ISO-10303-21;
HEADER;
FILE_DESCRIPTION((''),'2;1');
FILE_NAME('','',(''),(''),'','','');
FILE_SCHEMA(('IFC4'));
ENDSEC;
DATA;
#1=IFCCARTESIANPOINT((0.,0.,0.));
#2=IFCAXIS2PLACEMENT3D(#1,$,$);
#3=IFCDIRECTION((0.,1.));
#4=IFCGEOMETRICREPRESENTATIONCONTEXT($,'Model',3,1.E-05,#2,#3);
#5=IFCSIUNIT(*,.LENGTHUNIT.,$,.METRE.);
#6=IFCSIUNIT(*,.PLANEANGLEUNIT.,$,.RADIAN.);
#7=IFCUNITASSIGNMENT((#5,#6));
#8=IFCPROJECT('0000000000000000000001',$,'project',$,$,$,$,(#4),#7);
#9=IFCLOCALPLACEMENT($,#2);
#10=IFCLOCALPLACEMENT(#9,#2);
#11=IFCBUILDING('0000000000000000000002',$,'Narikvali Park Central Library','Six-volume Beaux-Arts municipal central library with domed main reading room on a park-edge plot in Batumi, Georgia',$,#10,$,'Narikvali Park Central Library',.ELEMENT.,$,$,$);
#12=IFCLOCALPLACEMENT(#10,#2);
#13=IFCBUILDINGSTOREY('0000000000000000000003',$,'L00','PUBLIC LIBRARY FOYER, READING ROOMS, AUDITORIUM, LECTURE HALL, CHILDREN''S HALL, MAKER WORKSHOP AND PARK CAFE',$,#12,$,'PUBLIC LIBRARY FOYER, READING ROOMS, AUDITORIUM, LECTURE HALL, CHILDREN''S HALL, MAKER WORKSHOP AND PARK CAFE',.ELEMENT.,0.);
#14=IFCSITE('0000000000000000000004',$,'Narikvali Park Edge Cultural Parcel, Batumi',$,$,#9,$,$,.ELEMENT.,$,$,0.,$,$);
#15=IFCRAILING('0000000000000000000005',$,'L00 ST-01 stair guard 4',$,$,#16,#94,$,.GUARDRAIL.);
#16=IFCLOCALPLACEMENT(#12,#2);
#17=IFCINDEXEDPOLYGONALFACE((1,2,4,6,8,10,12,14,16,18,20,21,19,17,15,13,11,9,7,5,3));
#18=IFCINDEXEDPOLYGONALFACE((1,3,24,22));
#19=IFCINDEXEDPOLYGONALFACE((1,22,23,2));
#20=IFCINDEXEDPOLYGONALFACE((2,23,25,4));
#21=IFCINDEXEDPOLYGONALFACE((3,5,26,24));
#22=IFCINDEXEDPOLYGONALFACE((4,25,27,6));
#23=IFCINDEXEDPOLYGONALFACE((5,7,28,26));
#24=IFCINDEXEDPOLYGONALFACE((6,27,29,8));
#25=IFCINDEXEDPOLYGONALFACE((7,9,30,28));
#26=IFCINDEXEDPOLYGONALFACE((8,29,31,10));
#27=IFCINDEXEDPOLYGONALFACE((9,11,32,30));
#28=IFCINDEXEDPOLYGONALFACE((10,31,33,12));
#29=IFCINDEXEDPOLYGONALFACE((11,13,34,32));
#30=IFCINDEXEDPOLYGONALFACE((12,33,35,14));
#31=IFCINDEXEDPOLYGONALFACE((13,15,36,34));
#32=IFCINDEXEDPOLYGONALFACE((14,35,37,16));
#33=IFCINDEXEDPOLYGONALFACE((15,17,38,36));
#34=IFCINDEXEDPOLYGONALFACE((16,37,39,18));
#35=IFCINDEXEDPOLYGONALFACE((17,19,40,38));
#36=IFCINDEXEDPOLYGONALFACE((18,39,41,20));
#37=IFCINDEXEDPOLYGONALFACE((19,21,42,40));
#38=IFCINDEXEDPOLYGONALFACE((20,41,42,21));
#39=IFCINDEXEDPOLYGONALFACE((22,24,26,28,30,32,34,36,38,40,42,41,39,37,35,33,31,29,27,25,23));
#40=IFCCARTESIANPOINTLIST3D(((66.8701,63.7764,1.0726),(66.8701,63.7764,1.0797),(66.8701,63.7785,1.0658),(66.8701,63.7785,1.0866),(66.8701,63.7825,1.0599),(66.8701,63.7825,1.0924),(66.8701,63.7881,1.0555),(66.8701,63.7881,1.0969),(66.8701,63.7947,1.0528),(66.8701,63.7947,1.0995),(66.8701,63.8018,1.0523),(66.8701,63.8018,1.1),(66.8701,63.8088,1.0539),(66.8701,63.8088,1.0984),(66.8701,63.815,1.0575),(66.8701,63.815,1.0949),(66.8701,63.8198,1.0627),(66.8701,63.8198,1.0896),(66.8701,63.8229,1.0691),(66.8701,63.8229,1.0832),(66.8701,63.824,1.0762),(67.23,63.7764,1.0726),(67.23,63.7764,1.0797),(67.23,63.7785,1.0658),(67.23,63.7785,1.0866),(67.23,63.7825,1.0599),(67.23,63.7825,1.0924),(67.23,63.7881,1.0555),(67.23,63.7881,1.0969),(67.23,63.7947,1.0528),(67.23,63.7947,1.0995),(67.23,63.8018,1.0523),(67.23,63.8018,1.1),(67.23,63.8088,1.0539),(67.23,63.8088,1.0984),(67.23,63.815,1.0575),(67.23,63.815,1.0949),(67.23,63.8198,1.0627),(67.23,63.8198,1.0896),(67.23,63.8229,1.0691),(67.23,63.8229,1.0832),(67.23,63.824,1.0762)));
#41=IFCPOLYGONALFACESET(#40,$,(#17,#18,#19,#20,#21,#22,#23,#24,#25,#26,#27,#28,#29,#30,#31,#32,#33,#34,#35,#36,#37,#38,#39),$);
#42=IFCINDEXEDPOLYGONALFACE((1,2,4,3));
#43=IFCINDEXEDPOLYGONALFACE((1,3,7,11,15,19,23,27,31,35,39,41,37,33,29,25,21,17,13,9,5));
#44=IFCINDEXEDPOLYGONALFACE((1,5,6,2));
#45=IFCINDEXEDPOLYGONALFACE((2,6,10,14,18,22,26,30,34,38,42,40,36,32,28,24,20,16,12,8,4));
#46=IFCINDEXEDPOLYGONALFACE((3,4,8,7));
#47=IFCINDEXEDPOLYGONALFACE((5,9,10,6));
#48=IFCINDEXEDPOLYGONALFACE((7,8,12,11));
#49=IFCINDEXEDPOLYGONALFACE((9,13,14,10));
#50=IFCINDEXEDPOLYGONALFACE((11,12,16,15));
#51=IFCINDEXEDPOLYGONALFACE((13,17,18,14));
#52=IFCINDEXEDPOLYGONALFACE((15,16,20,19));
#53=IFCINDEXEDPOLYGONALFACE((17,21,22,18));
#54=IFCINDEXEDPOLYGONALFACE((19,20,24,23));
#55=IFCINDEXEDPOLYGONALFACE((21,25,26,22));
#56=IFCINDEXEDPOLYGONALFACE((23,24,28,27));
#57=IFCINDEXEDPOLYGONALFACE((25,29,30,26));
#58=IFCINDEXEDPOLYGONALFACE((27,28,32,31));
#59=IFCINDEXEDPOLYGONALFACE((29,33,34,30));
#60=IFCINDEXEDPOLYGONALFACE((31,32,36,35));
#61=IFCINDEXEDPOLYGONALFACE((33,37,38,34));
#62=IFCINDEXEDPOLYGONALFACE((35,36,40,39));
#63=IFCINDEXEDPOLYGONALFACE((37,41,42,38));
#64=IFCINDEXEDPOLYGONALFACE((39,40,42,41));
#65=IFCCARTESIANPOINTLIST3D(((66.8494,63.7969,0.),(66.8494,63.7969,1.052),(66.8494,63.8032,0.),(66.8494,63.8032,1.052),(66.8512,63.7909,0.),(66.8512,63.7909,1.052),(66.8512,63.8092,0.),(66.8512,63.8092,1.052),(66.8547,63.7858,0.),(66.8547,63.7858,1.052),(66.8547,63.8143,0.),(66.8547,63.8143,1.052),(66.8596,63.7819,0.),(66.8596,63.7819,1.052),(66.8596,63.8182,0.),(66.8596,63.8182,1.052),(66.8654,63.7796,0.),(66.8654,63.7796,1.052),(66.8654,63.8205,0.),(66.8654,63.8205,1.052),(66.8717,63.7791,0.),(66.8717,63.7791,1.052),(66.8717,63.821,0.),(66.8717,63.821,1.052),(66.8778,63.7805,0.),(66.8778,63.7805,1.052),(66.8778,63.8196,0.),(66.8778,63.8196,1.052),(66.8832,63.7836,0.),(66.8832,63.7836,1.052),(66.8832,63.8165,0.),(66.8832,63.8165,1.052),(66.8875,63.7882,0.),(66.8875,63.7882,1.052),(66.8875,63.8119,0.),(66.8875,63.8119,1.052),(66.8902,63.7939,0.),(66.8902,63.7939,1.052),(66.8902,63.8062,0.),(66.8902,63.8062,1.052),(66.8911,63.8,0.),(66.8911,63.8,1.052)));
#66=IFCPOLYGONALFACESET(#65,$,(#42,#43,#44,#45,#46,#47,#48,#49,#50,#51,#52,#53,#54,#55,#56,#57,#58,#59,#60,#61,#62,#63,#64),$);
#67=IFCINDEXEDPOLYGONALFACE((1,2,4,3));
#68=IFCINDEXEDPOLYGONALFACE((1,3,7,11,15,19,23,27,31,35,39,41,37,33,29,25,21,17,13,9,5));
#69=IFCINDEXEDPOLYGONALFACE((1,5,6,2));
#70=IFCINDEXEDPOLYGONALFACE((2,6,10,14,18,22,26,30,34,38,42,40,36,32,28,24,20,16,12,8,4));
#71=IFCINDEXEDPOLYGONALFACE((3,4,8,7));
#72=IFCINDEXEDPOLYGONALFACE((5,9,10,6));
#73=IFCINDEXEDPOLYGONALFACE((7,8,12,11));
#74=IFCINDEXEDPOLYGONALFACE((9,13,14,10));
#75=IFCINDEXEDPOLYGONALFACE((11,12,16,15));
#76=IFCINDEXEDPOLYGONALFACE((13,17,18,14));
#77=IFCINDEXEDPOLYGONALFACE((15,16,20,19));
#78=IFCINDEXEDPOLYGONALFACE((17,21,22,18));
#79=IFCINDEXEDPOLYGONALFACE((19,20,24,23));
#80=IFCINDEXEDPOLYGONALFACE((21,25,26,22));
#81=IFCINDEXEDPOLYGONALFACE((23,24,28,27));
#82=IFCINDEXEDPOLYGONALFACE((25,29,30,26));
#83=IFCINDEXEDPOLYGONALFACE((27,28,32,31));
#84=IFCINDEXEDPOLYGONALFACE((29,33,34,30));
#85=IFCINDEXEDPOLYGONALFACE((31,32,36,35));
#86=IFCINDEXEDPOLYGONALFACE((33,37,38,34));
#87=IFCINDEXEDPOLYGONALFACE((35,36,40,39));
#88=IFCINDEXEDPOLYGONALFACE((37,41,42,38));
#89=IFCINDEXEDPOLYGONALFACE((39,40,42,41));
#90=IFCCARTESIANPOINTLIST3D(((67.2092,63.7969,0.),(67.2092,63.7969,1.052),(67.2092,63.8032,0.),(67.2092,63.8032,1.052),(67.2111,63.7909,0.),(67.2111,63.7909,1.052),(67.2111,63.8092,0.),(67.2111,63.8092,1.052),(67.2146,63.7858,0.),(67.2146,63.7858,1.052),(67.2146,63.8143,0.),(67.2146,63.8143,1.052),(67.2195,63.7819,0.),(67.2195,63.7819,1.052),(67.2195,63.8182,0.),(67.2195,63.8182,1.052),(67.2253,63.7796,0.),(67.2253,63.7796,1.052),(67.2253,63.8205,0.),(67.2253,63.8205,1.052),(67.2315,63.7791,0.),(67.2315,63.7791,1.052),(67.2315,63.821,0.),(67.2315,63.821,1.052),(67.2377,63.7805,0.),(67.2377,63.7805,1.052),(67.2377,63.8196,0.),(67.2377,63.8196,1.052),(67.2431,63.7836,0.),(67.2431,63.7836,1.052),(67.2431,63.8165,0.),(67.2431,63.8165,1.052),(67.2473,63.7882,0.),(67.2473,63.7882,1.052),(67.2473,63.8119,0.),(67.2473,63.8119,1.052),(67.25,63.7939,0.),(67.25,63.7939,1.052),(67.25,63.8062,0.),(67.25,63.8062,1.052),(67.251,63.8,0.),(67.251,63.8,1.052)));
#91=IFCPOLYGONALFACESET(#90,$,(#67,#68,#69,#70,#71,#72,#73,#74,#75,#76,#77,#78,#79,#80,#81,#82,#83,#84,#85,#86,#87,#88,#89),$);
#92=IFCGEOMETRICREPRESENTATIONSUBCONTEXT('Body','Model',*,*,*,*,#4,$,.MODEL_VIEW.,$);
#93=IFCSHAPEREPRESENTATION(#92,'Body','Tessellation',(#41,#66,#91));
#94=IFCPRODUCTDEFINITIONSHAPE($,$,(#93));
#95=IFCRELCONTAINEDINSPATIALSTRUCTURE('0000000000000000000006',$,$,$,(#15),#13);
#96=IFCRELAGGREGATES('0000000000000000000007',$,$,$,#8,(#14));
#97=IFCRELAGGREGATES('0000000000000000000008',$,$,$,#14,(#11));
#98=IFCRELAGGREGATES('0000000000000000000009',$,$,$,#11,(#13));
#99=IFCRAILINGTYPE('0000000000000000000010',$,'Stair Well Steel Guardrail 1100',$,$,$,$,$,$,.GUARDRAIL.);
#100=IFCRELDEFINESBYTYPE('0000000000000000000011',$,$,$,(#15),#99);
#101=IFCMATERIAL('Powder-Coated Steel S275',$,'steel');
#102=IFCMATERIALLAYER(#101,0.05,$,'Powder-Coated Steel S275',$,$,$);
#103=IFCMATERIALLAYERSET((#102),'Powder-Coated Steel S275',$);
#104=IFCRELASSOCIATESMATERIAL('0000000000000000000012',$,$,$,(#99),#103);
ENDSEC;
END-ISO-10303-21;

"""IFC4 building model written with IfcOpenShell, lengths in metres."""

from ifc_helpers import new_model, si_unit, direction, frame, origin, origin_2d, place, context, subcontext, project, spatial, circle, extrude, material, layer, layer_set, type_object, element, save


model = new_model("IFC4")

# Units and contexts
model_context = context("Model", 3, precision=1e-05, world=origin(), true_north=direction((0.0, 1.0)))
body_context = subcontext(model_context, "Body", "Model", "MODEL_VIEW")
ifc_project = project(units=[si_unit("LENGTHUNIT", "METRE"), si_unit("PLANEANGLEUNIT", "RADIAN")], contexts=[model_context])

# Site, building, storey
site_placement = place(None, origin())
site = spatial("IfcSite", under=ifc_project, at=site_placement, Name="Narikvali Park Edge Cultural Parcel, Batumi", CompositionType="ELEMENT", RefElevation=0.0)
building_placement = place(site_placement, origin())
building = spatial("IfcBuilding", under=site, at=building_placement, Name="Narikvali Park Central Library", Description="Six-volume Beaux-Arts municipal central library with domed main reading room on a park-edge plot in Batumi, Georgia", LongName="Narikvali Park Central Library", CompositionType="ELEMENT")
storey_placement = place(building_placement, origin())
storey = spatial("IfcBuildingStorey", under=building, at=storey_placement, Name="L00", Description="PUBLIC LIBRARY FOYER, READING ROOMS, AUDITORIUM, LECTURE HALL, CHILDREN'S HALL, MAKER WORKSHOP AND PARK CAFE", LongName="PUBLIC LIBRARY FOYER, READING ROOMS, AUDITORIUM, LECTURE HALL, CHILDREN'S HALL, MAKER WORKSHOP AND PARK CAFE", CompositionType="ELEMENT", Elevation=0.0)

# Railing
ifc_material_1 = material(Name="Powder-Coated Steel S275", Category="steel")
ifc_layer_1 = layer(ifc_material_1, 0.05, Name="Powder-Coated Steel S275")
ifc_layer_set_1 = layer_set([ifc_layer_1], Name="Powder-Coated Steel S275")
railing_type_1 = type_object("IfcRailingType", Name="Stair Well Steel Guardrail 1100", PredefinedType="GUARDRAIL", material=ifc_layer_set_1)
railing_1_placement = place(storey_placement, frame((66.8701, 63.8, 0.0)))
element("IfcRailing", 1, at=railing_1_placement, inside=storey, type_object=railing_type_1, Name="L00 ST-01 stair guard 4", PredefinedType="GUARDRAIL", context=body_context, shape_type="SweptSolid", body=[
    extrude(circle(Radius=0.0239, at=origin_2d()), frame((0.0, 0.0, 1.0762), z_axis=(1.0, 0.0, 0.0), x_axis=(0.0, 1.0, 0.0)), (0.0, 0.0, 1.0), 0.3599),
    extrude(circle(Radius=0.021, at=origin_2d()), origin(), (0.0, 0.0, 1.0), 1.052),
    extrude(circle(Radius=0.021, at=origin_2d()), frame((0.3599, 0.0, 0.0)), (0.0, 0.0, 1.0), 1.052),
])

save(model, "model.ifc")
